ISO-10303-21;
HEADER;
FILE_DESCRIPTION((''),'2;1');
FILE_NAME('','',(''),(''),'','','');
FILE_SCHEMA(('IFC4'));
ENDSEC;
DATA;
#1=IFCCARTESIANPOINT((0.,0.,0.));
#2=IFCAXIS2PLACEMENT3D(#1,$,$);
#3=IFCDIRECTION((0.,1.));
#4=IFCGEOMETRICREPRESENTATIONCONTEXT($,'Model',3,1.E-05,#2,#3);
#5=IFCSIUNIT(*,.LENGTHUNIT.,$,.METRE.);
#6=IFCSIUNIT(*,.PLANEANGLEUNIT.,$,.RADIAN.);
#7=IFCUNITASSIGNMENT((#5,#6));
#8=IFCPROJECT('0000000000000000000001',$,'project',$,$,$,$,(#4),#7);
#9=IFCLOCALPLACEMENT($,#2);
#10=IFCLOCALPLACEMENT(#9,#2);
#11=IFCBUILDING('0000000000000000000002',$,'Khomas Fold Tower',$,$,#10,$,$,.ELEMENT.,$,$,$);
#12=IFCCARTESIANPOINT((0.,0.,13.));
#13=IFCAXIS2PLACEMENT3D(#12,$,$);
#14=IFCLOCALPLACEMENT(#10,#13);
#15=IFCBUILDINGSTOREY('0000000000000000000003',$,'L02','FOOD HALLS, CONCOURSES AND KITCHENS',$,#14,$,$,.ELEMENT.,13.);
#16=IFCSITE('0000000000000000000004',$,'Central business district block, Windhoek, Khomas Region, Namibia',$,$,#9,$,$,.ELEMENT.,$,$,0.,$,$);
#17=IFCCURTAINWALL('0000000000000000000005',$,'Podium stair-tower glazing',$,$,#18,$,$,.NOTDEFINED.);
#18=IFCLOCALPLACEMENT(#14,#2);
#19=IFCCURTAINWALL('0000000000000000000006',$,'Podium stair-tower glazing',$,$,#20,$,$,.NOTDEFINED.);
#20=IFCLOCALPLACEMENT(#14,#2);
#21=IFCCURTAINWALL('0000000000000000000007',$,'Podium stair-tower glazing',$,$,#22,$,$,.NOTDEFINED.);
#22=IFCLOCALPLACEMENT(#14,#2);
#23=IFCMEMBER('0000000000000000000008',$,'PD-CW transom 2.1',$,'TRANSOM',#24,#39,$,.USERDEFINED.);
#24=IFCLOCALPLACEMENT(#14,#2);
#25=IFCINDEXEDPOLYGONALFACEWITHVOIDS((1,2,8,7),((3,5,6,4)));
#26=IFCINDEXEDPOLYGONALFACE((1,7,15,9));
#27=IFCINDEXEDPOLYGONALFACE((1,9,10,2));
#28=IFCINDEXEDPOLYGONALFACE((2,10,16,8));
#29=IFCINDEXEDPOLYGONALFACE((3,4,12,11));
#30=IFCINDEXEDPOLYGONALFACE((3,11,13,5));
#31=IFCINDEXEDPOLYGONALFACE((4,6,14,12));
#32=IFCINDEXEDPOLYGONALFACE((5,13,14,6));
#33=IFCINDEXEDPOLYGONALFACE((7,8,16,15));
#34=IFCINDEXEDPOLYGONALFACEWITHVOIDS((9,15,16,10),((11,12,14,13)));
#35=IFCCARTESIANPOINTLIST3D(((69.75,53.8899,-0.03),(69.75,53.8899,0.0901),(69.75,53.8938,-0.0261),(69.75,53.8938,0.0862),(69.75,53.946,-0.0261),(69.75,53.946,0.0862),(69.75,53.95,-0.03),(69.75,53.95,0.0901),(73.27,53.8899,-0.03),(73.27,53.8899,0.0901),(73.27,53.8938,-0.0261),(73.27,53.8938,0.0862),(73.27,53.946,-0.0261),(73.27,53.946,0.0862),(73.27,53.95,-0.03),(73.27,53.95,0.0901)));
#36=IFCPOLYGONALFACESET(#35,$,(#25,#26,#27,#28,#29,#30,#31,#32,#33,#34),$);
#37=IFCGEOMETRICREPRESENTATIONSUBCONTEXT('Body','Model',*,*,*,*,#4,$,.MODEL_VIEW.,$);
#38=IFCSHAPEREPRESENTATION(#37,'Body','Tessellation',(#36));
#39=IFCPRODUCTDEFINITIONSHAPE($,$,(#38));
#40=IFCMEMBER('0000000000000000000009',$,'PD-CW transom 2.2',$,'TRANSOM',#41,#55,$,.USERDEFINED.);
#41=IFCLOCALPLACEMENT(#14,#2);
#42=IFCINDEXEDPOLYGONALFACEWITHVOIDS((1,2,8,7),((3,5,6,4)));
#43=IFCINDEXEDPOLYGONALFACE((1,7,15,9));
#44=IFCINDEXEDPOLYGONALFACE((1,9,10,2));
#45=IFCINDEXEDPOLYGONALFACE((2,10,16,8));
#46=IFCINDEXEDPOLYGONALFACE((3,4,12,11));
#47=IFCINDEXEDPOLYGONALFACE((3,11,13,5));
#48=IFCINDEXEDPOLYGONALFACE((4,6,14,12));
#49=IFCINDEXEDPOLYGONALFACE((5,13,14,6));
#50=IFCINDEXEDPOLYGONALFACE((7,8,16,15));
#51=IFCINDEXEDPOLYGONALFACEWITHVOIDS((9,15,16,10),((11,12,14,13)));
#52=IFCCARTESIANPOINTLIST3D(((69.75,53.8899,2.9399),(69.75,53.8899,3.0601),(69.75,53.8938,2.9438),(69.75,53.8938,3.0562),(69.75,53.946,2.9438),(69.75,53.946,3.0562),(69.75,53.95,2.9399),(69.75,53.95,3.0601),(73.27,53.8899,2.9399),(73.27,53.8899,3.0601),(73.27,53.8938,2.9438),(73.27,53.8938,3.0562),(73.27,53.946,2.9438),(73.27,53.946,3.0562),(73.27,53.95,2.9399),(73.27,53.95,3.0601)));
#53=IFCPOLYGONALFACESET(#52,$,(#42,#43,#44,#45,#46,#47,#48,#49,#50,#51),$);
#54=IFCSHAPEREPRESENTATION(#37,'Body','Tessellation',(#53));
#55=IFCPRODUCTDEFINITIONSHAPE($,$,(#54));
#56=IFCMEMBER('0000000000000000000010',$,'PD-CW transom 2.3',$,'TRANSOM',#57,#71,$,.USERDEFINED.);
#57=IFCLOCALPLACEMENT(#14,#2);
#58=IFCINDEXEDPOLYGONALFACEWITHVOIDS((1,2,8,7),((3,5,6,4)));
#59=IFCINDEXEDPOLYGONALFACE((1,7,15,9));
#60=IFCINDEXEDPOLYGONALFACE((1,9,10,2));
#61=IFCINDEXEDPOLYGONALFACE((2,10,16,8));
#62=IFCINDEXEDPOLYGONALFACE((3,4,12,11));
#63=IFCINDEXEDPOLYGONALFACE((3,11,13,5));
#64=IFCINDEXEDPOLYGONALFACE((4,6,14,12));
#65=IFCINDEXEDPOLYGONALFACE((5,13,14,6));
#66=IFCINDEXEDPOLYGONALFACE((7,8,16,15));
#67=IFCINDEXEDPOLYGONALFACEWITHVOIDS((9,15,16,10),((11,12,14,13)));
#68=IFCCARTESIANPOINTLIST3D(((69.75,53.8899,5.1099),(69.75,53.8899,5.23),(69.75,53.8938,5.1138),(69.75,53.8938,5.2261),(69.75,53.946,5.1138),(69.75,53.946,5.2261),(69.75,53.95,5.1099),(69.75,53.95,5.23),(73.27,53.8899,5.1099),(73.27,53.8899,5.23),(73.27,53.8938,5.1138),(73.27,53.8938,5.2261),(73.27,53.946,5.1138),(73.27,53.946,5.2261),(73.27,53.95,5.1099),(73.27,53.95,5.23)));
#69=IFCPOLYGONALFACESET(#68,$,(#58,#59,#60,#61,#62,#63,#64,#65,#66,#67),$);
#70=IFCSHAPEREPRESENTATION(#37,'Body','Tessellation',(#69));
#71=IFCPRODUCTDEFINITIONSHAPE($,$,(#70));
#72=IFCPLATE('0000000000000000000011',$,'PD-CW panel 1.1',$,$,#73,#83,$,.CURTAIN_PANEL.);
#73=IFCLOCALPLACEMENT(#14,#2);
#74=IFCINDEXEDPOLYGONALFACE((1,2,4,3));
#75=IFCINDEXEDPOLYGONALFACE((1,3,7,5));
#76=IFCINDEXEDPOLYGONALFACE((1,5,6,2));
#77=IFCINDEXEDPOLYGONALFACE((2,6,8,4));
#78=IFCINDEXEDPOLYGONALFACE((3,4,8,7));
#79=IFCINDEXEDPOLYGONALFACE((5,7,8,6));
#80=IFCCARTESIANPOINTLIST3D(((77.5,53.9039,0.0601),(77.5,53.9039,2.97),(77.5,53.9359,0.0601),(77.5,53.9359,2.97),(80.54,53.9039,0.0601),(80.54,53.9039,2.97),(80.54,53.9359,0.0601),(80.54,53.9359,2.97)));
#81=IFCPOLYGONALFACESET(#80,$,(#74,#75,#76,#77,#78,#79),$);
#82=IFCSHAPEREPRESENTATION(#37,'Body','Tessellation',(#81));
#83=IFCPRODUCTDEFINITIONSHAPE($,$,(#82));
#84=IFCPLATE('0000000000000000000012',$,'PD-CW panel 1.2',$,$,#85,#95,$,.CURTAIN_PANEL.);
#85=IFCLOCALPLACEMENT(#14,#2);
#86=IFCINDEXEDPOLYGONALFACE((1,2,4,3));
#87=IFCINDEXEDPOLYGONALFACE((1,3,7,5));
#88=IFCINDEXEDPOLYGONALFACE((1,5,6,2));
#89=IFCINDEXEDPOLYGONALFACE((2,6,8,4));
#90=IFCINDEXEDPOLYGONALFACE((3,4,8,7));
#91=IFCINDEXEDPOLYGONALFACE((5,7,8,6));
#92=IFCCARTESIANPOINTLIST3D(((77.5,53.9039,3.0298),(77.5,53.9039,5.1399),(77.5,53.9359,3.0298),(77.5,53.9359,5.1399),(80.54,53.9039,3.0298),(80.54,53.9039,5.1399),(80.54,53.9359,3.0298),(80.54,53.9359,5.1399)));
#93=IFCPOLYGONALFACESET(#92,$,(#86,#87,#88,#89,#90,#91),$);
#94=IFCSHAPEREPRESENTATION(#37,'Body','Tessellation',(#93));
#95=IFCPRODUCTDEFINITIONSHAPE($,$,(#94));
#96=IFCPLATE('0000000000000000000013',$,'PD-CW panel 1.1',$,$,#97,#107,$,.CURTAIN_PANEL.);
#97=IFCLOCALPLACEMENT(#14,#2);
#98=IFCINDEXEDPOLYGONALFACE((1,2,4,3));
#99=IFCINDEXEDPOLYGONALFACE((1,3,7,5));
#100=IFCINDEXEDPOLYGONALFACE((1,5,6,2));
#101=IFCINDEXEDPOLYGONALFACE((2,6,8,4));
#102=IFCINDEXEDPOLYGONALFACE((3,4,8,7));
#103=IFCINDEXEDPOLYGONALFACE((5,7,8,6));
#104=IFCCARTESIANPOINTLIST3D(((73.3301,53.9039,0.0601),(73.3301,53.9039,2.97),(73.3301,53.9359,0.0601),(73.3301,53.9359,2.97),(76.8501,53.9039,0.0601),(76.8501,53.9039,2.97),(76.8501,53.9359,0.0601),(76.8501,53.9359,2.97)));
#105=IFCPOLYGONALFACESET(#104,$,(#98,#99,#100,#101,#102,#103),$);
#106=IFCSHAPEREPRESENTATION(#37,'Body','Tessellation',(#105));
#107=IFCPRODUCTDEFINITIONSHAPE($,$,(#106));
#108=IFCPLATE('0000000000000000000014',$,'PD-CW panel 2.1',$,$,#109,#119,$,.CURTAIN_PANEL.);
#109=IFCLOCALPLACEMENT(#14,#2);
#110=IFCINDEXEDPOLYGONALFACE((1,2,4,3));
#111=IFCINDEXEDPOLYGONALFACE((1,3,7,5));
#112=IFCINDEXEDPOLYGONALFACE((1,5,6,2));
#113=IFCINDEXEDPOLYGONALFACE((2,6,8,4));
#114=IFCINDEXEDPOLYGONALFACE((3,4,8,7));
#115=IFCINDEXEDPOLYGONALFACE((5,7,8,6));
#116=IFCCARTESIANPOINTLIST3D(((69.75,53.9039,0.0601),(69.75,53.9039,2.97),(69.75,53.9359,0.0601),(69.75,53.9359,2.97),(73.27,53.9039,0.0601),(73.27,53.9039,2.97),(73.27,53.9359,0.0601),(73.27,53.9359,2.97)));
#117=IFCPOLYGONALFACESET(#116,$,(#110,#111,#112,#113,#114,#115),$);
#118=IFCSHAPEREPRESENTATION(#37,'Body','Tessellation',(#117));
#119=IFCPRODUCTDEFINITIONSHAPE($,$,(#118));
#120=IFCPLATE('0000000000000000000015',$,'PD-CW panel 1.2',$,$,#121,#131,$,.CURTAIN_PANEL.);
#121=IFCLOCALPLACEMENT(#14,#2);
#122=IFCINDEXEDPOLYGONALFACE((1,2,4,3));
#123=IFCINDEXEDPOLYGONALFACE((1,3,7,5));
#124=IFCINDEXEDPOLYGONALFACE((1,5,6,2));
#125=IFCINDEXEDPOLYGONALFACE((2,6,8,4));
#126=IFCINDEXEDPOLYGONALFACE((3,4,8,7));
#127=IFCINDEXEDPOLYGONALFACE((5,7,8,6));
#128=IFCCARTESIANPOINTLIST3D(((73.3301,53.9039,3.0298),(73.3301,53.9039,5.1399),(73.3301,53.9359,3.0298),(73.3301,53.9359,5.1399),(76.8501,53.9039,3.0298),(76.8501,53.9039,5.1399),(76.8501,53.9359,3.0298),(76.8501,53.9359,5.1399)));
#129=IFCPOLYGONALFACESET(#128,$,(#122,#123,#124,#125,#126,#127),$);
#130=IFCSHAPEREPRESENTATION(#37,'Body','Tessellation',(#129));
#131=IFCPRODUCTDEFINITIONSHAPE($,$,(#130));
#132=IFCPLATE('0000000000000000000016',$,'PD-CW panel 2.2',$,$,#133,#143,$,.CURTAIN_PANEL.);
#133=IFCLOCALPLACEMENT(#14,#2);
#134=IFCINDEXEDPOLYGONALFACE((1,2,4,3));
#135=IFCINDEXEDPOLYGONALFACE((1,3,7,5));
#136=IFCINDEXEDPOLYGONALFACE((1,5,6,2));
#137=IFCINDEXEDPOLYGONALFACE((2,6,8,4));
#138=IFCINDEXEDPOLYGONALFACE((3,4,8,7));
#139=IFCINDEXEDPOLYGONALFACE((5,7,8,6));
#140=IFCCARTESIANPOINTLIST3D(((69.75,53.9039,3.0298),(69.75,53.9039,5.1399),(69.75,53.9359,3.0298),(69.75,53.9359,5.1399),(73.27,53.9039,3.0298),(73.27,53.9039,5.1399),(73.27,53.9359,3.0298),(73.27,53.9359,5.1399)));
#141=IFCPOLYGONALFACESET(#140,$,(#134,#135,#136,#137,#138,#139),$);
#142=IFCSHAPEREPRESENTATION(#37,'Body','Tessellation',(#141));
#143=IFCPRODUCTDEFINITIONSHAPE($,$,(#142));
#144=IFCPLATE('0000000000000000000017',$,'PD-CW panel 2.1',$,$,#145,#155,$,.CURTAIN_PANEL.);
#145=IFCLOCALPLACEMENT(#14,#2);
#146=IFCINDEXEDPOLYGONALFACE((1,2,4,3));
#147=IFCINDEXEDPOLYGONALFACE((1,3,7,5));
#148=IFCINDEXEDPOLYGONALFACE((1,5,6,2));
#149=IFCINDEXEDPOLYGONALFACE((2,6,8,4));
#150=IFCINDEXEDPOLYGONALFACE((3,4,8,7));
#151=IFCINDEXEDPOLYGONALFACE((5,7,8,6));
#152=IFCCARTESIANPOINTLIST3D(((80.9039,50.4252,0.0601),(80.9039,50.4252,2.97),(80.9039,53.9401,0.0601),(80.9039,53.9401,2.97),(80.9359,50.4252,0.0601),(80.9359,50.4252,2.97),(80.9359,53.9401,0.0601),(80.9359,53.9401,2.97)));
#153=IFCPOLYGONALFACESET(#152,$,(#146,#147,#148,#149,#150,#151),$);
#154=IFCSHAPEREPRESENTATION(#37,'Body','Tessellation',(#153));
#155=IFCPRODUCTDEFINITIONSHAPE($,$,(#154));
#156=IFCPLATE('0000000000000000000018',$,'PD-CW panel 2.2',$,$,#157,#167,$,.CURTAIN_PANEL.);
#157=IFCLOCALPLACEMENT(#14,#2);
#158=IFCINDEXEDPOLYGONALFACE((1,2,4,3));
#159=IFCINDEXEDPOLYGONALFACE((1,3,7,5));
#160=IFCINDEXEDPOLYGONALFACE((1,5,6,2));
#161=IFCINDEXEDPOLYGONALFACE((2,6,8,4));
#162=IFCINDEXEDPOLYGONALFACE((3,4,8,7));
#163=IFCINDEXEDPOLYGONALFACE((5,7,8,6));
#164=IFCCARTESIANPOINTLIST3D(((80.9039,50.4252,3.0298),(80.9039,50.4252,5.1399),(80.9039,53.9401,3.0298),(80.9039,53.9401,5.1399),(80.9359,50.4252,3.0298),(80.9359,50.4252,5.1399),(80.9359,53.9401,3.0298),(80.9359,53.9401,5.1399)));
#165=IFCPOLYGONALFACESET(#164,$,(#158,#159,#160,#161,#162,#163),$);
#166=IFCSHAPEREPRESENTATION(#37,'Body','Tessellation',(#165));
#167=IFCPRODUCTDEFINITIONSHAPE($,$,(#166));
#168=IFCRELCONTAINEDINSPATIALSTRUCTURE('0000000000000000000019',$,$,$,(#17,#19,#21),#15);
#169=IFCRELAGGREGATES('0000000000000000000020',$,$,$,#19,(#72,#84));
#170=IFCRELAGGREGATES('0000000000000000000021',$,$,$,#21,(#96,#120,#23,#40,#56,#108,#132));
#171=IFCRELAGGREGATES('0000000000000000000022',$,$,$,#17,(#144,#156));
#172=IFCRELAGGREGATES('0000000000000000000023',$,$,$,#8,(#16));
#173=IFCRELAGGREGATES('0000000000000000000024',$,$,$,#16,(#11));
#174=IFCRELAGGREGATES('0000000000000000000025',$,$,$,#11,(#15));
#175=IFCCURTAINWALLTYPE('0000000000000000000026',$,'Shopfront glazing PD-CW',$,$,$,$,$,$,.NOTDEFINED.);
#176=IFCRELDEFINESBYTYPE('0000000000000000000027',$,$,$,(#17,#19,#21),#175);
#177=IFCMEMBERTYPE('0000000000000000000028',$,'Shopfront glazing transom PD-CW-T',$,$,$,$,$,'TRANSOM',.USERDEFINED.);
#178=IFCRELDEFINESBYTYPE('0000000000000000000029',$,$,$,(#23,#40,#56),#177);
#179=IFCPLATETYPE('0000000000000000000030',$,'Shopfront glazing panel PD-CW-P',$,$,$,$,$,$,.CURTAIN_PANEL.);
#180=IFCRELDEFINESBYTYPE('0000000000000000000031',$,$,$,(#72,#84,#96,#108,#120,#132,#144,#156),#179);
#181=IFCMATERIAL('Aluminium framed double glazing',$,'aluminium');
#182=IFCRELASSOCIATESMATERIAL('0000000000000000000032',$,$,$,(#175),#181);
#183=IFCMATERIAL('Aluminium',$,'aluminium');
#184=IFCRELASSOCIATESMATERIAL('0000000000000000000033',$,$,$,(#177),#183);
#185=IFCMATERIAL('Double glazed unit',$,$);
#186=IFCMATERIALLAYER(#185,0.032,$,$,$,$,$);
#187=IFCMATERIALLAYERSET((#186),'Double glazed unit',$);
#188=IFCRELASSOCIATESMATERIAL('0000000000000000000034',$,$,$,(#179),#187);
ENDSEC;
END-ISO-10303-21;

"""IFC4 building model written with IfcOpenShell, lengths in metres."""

from ifc_helpers import new_model, si_unit, direction, frame, origin, origin_2d, place, context, subcontext, project, spatial, rectangle, hollow_rectangle, extrude, source, transform, mapped, material, layer, layer_set, material_profile, profile_set, type_object, element, aggregate, save


model = new_model("IFC4")

# Units and contexts
model_context = context("Model", 3, precision=1e-05, world=origin(), true_north=direction((0.0, 1.0)))
body_context = subcontext(model_context, "Body", "Model", "MODEL_VIEW")
ifc_project = project(units=[si_unit("LENGTHUNIT", "METRE"), si_unit("PLANEANGLEUNIT", "RADIAN")], contexts=[model_context])

# Site, building, storey
site_placement = place(None, origin())
site = spatial("IfcSite", under=ifc_project, at=site_placement, Name="Central business district block, Windhoek, Khomas Region, Namibia", CompositionType="ELEMENT", RefElevation=0.0)
building_placement = place(site_placement, origin())
building = spatial("IfcBuilding", under=site, at=building_placement, Name="Khomas Fold Tower", CompositionType="ELEMENT")
storey_placement = place(building_placement, frame((0.0, 0.0, 13.0)))
storey = spatial("IfcBuildingStorey", under=building, at=storey_placement, Name="L02", Description="FOOD HALLS, CONCOURSES AND KITCHENS", CompositionType="ELEMENT", Elevation=13.0)

# Curtain wall
ifc_material_1 = material(Name="Aluminium framed double glazing", Category="aluminium")
curtain_wall_type = type_object("IfcCurtainWallType", Name="Shopfront glazing PD-CW", PredefinedType="NOTDEFINED", material=ifc_material_1)
curtain_wall_1_placement = place(storey_placement, origin())
curtain_wall_1 = element("IfcCurtainWall", 1, at=curtain_wall_1_placement, inside=storey, type_object=curtain_wall_type, Name="Podium stair-tower glazing", PredefinedType="NOTDEFINED")

# Curtain walls
curtain_wall_2_placement = place(storey_placement, origin())
curtain_wall_2 = element("IfcCurtainWall", 2, at=curtain_wall_2_placement, inside=storey, type_object=curtain_wall_type, Name="Podium stair-tower glazing", PredefinedType="NOTDEFINED")
curtain_wall_3_placement = place(storey_placement, origin())
curtain_wall_3 = element("IfcCurtainWall", 3, at=curtain_wall_3_placement, inside=storey, type_object=curtain_wall_type, Name="Podium stair-tower glazing", PredefinedType="NOTDEFINED")

# Members
ifc_material_2 = material(Name="Aluminium", Category="aluminium")
ifc_material_profile_1 = material_profile(ifc_material_2, hollow_rectangle(XDim=0.0601, YDim=0.1201, WallThickness=0.0039, at=origin_2d()), Name="Shopfront glazing transom PD-CW-T")
ifc_profile_set_1 = profile_set([ifc_material_profile_1], Name="Aluminium")
member_type_1 = type_object("IfcMemberType", Name="Shopfront glazing transom PD-CW-T", ElementType="TRANSOM", PredefinedType="USERDEFINED", material=ifc_profile_set_1)
shared_shape_1 = source(origin(), body_context, "Body", "SweptSolid", [
    extrude(hollow_rectangle(XDim=0.0601, YDim=0.1201, WallThickness=0.0039, at=origin_2d()), origin(), (0.0, 0.0, 1.0), 3.52),
])
member_1_placement = place(storey_placement, frame((73.27, 53.9199, 0.03), z_axis=(-1.0, 0.0, 0.0), x_axis=(0.0, -1.0, 0.0)))
member_1 = element("IfcMember", 4, at=member_1_placement, type_object=member_type_1, Name="PD-CW transom 2.1", ObjectType="TRANSOM", PredefinedType="USERDEFINED", context=body_context, shape_type="MappedRepresentation", body=[
    mapped(shared_shape_1, transform((0.0, 0.0, 0.0))),
])
member_2_placement = place(storey_placement, frame((73.27, 53.9199, 3.0), z_axis=(-1.0, 0.0, 0.0), x_axis=(0.0, -1.0, 0.0)))
member_2 = element("IfcMember", 5, at=member_2_placement, type_object=member_type_1, Name="PD-CW transom 2.2", ObjectType="TRANSOM", PredefinedType="USERDEFINED", context=body_context, shape_type="MappedRepresentation", body=[
    mapped(shared_shape_1, transform((0.0, 0.0, 0.0))),
])
member_3_placement = place(storey_placement, frame((73.27, 53.9199, 5.1699), z_axis=(-1.0, 0.0, 0.0), x_axis=(0.0, -1.0, 0.0)))
member_3 = element("IfcMember", 6, at=member_3_placement, type_object=member_type_1, Name="PD-CW transom 2.3", ObjectType="TRANSOM", PredefinedType="USERDEFINED", context=body_context, shape_type="MappedRepresentation", body=[
    mapped(shared_shape_1, transform((0.0, 0.0, 0.0))),
])

# Plates
ifc_material_3 = material(Name="Double glazed unit")
ifc_layer = layer(ifc_material_3, 0.032)
ifc_layer_set = layer_set([ifc_layer], Name="Double glazed unit")
plate_type = type_object("IfcPlateType", Name="Shopfront glazing panel PD-CW-P", PredefinedType="CURTAIN_PANEL", material=ifc_layer_set)
shared_shape_2 = source(origin(), body_context, "Body", "SweptSolid", [
    extrude(rectangle(XDim=3.04, YDim=0.032, at=origin_2d()), origin(), (0.0, 0.0, 1.0), 2.9099),
])
plate_1_placement = place(storey_placement, frame((79.02, 53.9199, 0.0601), z_axis=(0.0, 0.0, 1.0), x_axis=(-1.0, 0.0, 0.0)))
plate_1 = element("IfcPlate", 7, at=plate_1_placement, type_object=plate_type, Name="PD-CW panel 1.1", PredefinedType="CURTAIN_PANEL", context=body_context, shape_type="MappedRepresentation", body=[
    mapped(shared_shape_2, transform((0.0, 0.0, 0.0))),
])
shared_shape_3 = source(origin(), body_context, "Body", "SweptSolid", [
    extrude(rectangle(XDim=3.04, YDim=0.032, at=origin_2d()), origin(), (0.0, 0.0, 1.0), 2.1101),
])
plate_2_placement = place(storey_placement, frame((79.02, 53.9199, 3.0298), z_axis=(0.0, 0.0, 1.0), x_axis=(-1.0, 0.0, 0.0)))
plate_2 = element("IfcPlate", 8, at=plate_2_placement, type_object=plate_type, Name="PD-CW panel 1.2", PredefinedType="CURTAIN_PANEL", context=body_context, shape_type="MappedRepresentation", body=[
    mapped(shared_shape_3, transform((0.0, 0.0, 0.0))),
])
aggregate(curtain_wall_2, [plate_1, plate_2])
shared_shape_4 = source(origin(), body_context, "Body", "SweptSolid", [
    extrude(rectangle(XDim=3.52, YDim=0.032, at=origin_2d()), origin(), (0.0, 0.0, 1.0), 2.9099),
])
plate_3_placement = place(storey_placement, frame((75.0901, 53.9199, 0.0601), z_axis=(0.0, 0.0, 1.0), x_axis=(-1.0, 0.0, 0.0)))
plate_3 = element("IfcPlate", 9, at=plate_3_placement, type_object=plate_type, Name="PD-CW panel 1.1", PredefinedType="CURTAIN_PANEL", context=body_context, shape_type="MappedRepresentation", body=[
    mapped(shared_shape_4, transform((0.0, 0.0, 0.0))),
])
plate_4_placement = place(storey_placement, frame((71.51, 53.9199, 0.0601), z_axis=(0.0, 0.0, 1.0), x_axis=(-1.0, 0.0, 0.0)))
plate_4 = element("IfcPlate", 10, at=plate_4_placement, type_object=plate_type, Name="PD-CW panel 2.1", PredefinedType="CURTAIN_PANEL", context=body_context, shape_type="MappedRepresentation", body=[
    mapped(shared_shape_4, transform((0.0, 0.0, 0.0))),
])
shared_shape_5 = source(origin(), body_context, "Body", "SweptSolid", [
    extrude(rectangle(XDim=3.52, YDim=0.032, at=origin_2d()), origin(), (0.0, 0.0, 1.0), 2.1101),
])
plate_5_placement = place(storey_placement, frame((75.0901, 53.9199, 3.0298), z_axis=(0.0, 0.0, 1.0), x_axis=(-1.0, 0.0, 0.0)))
plate_5 = element("IfcPlate", 11, at=plate_5_placement, type_object=plate_type, Name="PD-CW panel 1.2", PredefinedType="CURTAIN_PANEL", context=body_context, shape_type="MappedRepresentation", body=[
    mapped(shared_shape_5, transform((0.0, 0.0, 0.0))),
])
plate_6_placement = place(storey_placement, frame((71.51, 53.9199, 3.0298), z_axis=(0.0, 0.0, 1.0), x_axis=(-1.0, 0.0, 0.0)))
plate_6 = element("IfcPlate", 12, at=plate_6_placement, type_object=plate_type, Name="PD-CW panel 2.2", PredefinedType="CURTAIN_PANEL", context=body_context, shape_type="MappedRepresentation", body=[
    mapped(shared_shape_5, transform((0.0, 0.0, 0.0))),
])
aggregate(curtain_wall_3, [plate_3, plate_5, member_1, member_2, member_3, plate_4, plate_6])
shared_shape_6 = source(origin(), body_context, "Body", "SweptSolid", [
    extrude(rectangle(XDim=3.5149, YDim=0.032, at=origin_2d()), origin(), (0.0, 0.0, 1.0), 2.9099),
])
plate_7_placement = place(storey_placement, frame((80.9199, 52.1826, 0.0601), z_axis=(0.0, 0.0, 1.0), x_axis=(0.0, 1.0, 0.0)))
plate_7 = element("IfcPlate", 13, at=plate_7_placement, type_object=plate_type, Name="PD-CW panel 2.1", PredefinedType="CURTAIN_PANEL", context=body_context, shape_type="MappedRepresentation", body=[
    mapped(shared_shape_6, transform((0.0, 0.0, 0.0))),
])
shared_shape_7 = source(origin(), body_context, "Body", "SweptSolid", [
    extrude(rectangle(XDim=3.5149, YDim=0.032, at=origin_2d()), origin(), (0.0, 0.0, 1.0), 2.1101),
])
plate_8_placement = place(storey_placement, frame((80.9199, 52.1826, 3.0298), z_axis=(0.0, 0.0, 1.0), x_axis=(0.0, 1.0, 0.0)))
plate_8 = element("IfcPlate", 14, at=plate_8_placement, type_object=plate_type, Name="PD-CW panel 2.2", PredefinedType="CURTAIN_PANEL", context=body_context, shape_type="MappedRepresentation", body=[
    mapped(shared_shape_7, transform((0.0, 0.0, 0.0))),
])
aggregate(curtain_wall_1, [plate_7, plate_8])

save(model, "model.ifc")
